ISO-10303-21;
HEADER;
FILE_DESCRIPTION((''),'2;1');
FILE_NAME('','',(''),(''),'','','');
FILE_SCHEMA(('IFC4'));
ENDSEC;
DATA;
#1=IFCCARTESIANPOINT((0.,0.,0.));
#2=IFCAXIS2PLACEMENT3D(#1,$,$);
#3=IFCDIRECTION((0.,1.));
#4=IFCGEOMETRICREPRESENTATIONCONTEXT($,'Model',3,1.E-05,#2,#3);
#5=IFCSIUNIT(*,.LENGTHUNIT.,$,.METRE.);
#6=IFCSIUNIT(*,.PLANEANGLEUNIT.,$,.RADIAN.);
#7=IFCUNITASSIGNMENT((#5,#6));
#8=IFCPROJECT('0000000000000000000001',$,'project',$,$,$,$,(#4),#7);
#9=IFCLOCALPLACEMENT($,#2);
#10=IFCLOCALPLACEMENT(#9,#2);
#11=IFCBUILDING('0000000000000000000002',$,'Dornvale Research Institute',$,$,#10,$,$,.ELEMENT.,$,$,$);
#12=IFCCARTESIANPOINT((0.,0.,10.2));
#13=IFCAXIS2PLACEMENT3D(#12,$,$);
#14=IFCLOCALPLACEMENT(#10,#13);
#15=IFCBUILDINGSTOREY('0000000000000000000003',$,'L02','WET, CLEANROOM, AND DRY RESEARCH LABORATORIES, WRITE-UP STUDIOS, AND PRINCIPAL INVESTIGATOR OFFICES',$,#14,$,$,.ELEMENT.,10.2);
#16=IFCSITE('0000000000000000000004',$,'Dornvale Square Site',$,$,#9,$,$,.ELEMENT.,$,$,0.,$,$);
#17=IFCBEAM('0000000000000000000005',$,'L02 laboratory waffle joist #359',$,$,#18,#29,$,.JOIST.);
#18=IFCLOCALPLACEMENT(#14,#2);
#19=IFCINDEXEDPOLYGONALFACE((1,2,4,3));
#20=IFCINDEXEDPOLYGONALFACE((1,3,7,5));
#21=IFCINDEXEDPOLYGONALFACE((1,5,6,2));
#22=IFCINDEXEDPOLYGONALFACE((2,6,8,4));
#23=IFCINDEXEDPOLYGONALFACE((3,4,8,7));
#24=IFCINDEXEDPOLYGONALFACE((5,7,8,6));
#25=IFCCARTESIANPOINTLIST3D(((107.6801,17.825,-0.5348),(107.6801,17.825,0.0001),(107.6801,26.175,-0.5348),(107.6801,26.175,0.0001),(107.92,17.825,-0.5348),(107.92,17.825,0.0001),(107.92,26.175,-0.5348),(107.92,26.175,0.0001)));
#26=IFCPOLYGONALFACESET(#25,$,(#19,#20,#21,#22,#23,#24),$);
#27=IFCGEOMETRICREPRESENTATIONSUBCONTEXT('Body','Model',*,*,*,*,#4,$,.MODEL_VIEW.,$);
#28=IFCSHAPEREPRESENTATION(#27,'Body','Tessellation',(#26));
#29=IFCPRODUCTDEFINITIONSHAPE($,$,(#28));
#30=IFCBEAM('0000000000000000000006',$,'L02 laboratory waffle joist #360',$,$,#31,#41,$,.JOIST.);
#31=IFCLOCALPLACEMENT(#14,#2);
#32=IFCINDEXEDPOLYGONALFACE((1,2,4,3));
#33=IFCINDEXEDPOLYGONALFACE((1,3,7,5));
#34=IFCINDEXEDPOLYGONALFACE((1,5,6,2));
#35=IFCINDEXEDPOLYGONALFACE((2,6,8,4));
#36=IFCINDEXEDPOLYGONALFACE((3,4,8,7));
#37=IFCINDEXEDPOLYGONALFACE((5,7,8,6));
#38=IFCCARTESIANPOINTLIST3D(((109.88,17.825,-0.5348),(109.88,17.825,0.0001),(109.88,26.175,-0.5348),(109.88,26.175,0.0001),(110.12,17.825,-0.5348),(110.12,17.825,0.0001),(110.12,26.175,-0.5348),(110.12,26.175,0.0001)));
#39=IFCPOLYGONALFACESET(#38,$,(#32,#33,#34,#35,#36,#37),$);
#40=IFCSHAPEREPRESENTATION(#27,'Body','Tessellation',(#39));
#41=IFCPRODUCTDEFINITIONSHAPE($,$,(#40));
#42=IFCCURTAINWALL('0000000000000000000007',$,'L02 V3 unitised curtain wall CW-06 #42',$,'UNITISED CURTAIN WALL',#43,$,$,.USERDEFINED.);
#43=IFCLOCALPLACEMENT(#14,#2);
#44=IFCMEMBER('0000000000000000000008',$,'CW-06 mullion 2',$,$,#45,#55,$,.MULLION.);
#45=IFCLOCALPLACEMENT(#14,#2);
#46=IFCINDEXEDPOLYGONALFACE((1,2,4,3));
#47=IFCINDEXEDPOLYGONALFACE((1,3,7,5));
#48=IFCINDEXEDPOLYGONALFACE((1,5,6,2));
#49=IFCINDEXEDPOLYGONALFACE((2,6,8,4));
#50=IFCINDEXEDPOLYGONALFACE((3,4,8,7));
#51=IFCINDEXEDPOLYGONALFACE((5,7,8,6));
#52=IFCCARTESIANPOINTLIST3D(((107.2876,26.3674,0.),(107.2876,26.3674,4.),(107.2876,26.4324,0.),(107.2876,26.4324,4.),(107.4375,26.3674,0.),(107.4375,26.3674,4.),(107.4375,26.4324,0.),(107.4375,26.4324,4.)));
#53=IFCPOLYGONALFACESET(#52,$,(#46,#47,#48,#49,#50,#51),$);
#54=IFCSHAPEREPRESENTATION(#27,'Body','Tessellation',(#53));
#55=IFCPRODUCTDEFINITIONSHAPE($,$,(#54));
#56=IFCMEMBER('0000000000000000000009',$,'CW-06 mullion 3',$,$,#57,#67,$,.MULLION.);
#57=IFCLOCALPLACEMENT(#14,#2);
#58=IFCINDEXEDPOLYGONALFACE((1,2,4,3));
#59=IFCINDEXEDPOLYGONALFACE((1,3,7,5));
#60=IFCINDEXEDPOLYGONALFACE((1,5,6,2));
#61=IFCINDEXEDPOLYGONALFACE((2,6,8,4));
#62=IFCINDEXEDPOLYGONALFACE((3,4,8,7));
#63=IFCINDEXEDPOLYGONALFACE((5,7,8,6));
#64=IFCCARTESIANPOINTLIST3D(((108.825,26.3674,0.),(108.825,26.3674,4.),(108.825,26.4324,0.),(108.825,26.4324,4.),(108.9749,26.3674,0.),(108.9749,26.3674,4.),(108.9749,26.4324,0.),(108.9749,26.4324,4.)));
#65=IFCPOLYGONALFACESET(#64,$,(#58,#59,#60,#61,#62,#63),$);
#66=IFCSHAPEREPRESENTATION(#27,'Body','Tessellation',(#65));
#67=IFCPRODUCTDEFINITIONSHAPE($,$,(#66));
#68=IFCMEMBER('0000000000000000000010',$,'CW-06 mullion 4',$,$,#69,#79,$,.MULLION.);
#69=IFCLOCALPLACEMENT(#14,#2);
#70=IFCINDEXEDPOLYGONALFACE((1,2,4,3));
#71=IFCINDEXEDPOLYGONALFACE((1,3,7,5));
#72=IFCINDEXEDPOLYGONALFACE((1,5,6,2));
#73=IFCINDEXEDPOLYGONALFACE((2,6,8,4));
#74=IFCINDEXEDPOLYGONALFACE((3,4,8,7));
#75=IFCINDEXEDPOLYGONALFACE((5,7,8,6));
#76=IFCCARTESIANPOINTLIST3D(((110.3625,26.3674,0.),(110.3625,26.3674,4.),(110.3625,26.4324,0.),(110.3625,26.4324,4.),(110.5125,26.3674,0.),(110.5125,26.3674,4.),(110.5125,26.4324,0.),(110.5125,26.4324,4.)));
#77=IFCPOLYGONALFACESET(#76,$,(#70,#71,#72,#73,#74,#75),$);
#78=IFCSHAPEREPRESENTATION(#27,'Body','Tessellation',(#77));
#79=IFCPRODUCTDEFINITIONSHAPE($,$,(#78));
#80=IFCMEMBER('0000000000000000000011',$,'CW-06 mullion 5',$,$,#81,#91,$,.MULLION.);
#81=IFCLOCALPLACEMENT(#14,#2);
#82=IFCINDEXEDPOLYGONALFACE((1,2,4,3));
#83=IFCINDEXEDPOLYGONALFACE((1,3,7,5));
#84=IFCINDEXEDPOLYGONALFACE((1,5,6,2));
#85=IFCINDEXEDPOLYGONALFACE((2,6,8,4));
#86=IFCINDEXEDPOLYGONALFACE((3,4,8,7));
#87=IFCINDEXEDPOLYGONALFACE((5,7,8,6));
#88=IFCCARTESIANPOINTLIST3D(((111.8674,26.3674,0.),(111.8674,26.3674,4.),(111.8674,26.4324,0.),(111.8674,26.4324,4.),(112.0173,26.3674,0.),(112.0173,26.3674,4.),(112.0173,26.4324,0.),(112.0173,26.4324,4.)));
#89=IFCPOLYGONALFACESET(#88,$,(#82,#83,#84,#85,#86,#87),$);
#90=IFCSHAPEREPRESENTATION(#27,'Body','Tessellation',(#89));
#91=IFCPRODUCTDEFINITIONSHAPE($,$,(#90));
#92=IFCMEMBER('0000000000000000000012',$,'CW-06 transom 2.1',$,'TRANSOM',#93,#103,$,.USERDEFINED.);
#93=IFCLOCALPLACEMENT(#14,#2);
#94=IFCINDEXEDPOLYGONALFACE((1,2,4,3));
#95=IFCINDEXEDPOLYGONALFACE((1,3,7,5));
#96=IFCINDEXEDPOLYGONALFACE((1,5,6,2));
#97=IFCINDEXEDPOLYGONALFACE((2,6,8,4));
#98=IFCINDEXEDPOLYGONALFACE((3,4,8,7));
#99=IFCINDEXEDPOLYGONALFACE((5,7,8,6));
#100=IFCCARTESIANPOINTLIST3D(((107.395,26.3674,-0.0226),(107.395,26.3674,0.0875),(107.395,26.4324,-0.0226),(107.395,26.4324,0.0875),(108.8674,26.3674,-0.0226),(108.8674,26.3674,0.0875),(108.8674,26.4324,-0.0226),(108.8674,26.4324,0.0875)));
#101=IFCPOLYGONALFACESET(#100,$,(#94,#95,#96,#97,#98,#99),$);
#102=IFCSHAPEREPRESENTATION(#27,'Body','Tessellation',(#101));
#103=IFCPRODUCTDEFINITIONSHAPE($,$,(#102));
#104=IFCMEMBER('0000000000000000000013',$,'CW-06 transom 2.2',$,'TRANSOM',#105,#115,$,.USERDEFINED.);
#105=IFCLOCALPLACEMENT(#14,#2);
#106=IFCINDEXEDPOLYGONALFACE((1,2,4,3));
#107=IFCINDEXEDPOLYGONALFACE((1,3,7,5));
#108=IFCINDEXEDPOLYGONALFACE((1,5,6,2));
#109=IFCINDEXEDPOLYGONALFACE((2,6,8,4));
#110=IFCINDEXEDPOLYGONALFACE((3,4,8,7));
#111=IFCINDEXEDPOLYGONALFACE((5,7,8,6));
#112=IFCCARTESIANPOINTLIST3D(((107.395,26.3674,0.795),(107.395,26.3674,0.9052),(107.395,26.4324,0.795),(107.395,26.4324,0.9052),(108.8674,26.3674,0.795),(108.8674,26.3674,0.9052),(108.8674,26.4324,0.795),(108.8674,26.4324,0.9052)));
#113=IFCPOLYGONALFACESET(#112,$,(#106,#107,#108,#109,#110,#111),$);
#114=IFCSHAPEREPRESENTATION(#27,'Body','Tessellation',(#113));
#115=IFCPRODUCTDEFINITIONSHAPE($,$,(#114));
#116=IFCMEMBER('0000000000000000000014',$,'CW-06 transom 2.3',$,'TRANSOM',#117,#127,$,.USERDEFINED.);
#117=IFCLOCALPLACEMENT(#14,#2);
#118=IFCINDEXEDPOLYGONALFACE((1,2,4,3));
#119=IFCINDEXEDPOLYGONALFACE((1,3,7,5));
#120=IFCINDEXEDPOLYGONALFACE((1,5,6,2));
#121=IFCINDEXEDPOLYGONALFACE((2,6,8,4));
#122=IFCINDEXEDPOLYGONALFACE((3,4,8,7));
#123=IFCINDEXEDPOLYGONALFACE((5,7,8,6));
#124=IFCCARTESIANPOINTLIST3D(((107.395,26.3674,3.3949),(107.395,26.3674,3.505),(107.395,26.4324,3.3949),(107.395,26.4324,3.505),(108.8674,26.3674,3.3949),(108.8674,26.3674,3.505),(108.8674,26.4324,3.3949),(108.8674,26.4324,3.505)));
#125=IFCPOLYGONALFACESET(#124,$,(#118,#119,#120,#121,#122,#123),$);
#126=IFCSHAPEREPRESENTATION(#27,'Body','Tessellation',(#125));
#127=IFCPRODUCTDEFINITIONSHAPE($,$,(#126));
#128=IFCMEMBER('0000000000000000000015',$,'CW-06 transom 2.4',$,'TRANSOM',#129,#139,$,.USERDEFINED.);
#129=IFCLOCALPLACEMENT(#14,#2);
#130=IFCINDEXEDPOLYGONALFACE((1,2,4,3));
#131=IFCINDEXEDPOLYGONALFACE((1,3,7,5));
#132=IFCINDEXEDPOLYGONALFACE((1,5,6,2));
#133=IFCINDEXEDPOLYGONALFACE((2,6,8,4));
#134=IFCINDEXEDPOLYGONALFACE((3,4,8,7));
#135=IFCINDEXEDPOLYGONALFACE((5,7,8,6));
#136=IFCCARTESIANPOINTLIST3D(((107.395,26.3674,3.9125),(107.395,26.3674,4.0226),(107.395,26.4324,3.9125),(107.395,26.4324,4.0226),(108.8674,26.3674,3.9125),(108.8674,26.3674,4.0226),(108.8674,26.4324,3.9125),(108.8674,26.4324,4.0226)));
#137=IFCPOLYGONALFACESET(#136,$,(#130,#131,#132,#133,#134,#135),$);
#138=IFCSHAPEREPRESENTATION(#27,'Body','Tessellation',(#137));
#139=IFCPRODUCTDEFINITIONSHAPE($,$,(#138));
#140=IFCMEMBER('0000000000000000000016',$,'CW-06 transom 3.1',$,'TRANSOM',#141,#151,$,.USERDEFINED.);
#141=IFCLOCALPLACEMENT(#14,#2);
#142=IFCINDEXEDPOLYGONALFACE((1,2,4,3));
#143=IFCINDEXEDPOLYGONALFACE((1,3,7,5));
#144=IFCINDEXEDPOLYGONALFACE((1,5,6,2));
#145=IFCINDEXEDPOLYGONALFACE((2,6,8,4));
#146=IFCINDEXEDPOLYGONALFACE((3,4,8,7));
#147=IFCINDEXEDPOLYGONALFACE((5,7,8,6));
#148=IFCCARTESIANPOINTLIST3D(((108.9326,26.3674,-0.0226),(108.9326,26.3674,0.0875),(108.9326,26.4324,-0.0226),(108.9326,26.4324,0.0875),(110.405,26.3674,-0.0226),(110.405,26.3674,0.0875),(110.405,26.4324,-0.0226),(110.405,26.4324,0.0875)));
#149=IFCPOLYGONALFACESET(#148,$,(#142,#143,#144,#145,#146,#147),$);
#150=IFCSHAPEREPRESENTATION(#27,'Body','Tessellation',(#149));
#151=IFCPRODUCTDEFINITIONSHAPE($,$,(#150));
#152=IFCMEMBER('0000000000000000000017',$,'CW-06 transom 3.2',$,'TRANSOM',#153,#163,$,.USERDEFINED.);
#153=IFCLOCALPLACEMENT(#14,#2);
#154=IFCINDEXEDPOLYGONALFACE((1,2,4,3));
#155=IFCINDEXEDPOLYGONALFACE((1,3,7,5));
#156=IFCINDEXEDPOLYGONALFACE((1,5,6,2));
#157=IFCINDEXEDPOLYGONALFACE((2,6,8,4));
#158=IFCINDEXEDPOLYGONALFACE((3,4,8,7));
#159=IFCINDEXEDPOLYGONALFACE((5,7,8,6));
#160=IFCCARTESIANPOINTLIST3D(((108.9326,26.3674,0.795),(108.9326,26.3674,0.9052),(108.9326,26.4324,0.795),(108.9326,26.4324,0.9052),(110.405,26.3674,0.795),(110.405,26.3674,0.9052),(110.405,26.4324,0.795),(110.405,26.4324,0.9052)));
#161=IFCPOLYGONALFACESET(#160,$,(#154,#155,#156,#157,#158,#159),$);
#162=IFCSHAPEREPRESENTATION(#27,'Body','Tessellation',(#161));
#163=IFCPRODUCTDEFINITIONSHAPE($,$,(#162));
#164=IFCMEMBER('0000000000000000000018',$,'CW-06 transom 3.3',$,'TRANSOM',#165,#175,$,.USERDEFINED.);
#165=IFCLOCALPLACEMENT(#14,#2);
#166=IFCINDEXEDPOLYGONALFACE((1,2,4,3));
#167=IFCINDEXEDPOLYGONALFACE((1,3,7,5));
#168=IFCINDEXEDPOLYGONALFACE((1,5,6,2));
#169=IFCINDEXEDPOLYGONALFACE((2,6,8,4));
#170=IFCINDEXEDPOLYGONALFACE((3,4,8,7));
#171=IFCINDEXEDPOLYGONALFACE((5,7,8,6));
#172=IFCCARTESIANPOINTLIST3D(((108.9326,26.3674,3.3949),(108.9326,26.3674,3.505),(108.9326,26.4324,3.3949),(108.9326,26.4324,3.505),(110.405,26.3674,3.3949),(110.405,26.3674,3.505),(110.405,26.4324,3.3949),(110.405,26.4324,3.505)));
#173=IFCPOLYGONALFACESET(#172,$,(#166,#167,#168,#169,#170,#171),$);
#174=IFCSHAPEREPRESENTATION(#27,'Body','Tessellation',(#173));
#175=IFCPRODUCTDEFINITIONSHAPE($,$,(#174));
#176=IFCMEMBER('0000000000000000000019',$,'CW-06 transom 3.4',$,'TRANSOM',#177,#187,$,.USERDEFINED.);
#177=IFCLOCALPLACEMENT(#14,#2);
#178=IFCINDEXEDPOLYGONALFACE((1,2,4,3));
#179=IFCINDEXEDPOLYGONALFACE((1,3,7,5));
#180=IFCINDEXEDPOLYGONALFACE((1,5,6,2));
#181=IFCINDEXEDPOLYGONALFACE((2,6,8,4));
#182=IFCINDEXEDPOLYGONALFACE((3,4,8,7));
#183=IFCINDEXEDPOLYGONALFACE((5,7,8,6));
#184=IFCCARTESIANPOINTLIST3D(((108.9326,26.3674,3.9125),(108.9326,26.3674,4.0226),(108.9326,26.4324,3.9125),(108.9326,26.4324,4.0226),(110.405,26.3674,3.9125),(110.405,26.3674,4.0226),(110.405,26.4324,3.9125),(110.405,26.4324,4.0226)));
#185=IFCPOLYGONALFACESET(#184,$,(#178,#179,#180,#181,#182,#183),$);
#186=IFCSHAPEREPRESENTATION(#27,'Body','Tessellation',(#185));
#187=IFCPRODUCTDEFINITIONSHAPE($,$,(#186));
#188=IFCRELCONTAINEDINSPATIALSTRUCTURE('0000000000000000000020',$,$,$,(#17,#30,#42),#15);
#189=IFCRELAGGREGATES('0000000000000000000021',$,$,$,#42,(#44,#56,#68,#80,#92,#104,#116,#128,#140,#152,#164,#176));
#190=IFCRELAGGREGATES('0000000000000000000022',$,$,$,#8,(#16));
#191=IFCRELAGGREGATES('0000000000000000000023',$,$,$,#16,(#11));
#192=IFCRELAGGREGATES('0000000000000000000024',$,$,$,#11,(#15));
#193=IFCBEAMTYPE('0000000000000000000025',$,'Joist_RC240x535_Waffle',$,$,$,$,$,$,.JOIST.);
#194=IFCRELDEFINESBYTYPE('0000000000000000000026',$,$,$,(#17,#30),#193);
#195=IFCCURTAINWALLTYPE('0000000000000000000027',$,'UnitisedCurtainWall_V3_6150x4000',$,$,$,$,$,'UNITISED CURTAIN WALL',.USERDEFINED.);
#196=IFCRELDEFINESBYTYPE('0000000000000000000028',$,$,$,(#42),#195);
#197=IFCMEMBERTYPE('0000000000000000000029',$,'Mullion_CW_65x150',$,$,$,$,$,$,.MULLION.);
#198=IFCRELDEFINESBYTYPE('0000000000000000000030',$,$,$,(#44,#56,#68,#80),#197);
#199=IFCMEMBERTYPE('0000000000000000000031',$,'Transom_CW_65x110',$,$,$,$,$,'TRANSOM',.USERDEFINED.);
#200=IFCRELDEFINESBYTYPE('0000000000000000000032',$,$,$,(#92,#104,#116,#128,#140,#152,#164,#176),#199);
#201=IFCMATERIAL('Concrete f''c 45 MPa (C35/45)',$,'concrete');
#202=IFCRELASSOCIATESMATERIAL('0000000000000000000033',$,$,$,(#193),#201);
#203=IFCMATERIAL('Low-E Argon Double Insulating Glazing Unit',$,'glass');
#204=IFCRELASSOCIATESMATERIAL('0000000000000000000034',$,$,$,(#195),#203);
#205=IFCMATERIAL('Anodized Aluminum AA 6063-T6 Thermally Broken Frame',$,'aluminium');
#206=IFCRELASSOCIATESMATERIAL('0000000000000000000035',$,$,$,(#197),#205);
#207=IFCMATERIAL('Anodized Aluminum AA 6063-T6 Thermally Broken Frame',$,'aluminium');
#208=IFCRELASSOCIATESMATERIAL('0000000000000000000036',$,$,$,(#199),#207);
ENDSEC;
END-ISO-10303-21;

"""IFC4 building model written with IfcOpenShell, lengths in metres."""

from ifc_helpers import new_model, si_unit, direction, frame, origin, origin_2d, place, context, subcontext, project, spatial, rectangle, extrude, material, material_profile, profile_set, type_object, element, aggregate, save


model = new_model("IFC4")

# Units and contexts
model_context = context("Model", 3, precision=1e-05, world=origin(), true_north=direction((0.0, 1.0)))
body_context = subcontext(model_context, "Body", "Model", "MODEL_VIEW")
ifc_project = project(units=[si_unit("LENGTHUNIT", "METRE"), si_unit("PLANEANGLEUNIT", "RADIAN")], contexts=[model_context])

# Site, building, storey
site_placement = place(None, origin())
site = spatial("IfcSite", under=ifc_project, at=site_placement, Name="Dornvale Square Site", CompositionType="ELEMENT", RefElevation=0.0)
building_placement = place(site_placement, origin())
building = spatial("IfcBuilding", under=site, at=building_placement, Name="Dornvale Research Institute", CompositionType="ELEMENT")
storey_placement = place(building_placement, frame((0.0, 0.0, 10.2)))
storey = spatial("IfcBuildingStorey", under=building, at=storey_placement, Name="L02", Description="WET, CLEANROOM, AND DRY RESEARCH LABORATORIES, WRITE-UP STUDIOS, AND PRINCIPAL INVESTIGATOR OFFICES", CompositionType="ELEMENT", Elevation=10.2)

# Beams
ifc_material_1 = material(Name="Concrete f'c 45 MPa (C35/45)", Category="concrete")
ifc_material_profile_1 = material_profile(ifc_material_1, rectangle(XDim=0.24, YDim=0.5349, at=origin_2d()), Name="RC 240x535")
ifc_profile_set_1 = profile_set([ifc_material_profile_1], Name="Concrete f'c 45 MPa (C35/45)")
beam_type = type_object("IfcBeamType", Name="Joist_RC240x535_Waffle", PredefinedType="JOIST", material=ifc_profile_set_1)
for number, where, z_axis, x_axis, name in (
    (1, (107.8, 17.825, -0.2673), (0.0, 1.0, 0.0), (-1.0, 0.0, 0.0), "L02 laboratory waffle joist #359"),
    (2, (110.0, 17.825, -0.2673), (0.0, 1.0, 0.0), (-1.0, 0.0, 0.0), "L02 laboratory waffle joist #360"),
):
    element("IfcBeam", number, at=place(storey_placement, frame(where, z_axis=z_axis, x_axis=x_axis)), inside=storey, type_object=beam_type, Name=name, PredefinedType="JOIST", context=body_context, shape_type="SweptSolid", body=[
        extrude(rectangle(XDim=0.24, YDim=0.5349, at=origin_2d()), origin(), (0.0, 0.0, 1.0), 8.3501),
    ])

# Curtain wall, members
ifc_material_2 = material(Name="Low-E Argon Double Insulating Glazing Unit", Category="glass")
curtain_wall_type = type_object("IfcCurtainWallType", Name="UnitisedCurtainWall_V3_6150x4000", ElementType="UNITISED CURTAIN WALL", PredefinedType="USERDEFINED", material=ifc_material_2)
curtain_wall_placement = place(storey_placement, origin())
curtain_wall = element("IfcCurtainWall", 3, at=curtain_wall_placement, inside=storey, type_object=curtain_wall_type, Name="L02 V3 unitised curtain wall CW-06 #42", ObjectType="UNITISED CURTAIN WALL", PredefinedType="USERDEFINED")
ifc_material_3 = material(Name="Anodized Aluminum AA 6063-T6 Thermally Broken Frame", Category="aluminium")
ifc_material_profile_2 = material_profile(ifc_material_3, rectangle(XDim=0.0649, YDim=0.1499, at=origin_2d()), Name="ALU MULLION 65x150")
ifc_profile_set_2 = profile_set([ifc_material_profile_2], Name="Anodized Aluminum AA 6063-T6 Thermally Broken Frame")
member_type_1 = type_object("IfcMemberType", Name="Mullion_CW_65x150", PredefinedType="MULLION", material=ifc_profile_set_2)
member_1_placement = place(storey_placement, frame((107.3625, 26.3999, 0.0), z_axis=(0.0, 0.0, 1.0), x_axis=(0.0, 1.0, 0.0)))
member_1 = element("IfcMember", 4, at=member_1_placement, type_object=member_type_1, Name="CW-06 mullion 2", PredefinedType="MULLION", context=body_context, shape_type="SweptSolid", body=[
    extrude(rectangle(XDim=0.0649, YDim=0.1499, at=origin_2d()), origin(), (0.0, 0.0, 1.0), 4.0),
])
member_2_placement = place(storey_placement, frame((108.8999, 26.3999, 0.0), z_axis=(0.0, 0.0, 1.0), x_axis=(0.0, 1.0, 0.0)))
member_2 = element("IfcMember", 5, at=member_2_placement, type_object=member_type_1, Name="CW-06 mullion 3", PredefinedType="MULLION", context=body_context, shape_type="SweptSolid", body=[
    extrude(rectangle(XDim=0.0649, YDim=0.1499, at=origin_2d()), origin(), (0.0, 0.0, 1.0), 4.0),
])
member_3_placement = place(storey_placement, frame((110.4375, 26.3999, 0.0), z_axis=(0.0, 0.0, 1.0), x_axis=(0.0, 1.0, 0.0)))
member_3 = element("IfcMember", 6, at=member_3_placement, type_object=member_type_1, Name="CW-06 mullion 4", PredefinedType="MULLION", context=body_context, shape_type="SweptSolid", body=[
    extrude(rectangle(XDim=0.0649, YDim=0.1499, at=origin_2d()), origin(), (0.0, 0.0, 1.0), 4.0),
])
member_4_placement = place(storey_placement, frame((111.9424, 26.3999, 0.0), z_axis=(0.0, 0.0, 1.0), x_axis=(0.0, 1.0, 0.0)))
member_4 = element("IfcMember", 7, at=member_4_placement, type_object=member_type_1, Name="CW-06 mullion 5", PredefinedType="MULLION", context=body_context, shape_type="SweptSolid", body=[
    extrude(rectangle(XDim=0.0649, YDim=0.1499, at=origin_2d()), origin(), (0.0, 0.0, 1.0), 4.0),
])
ifc_material_4 = material(Name="Anodized Aluminum AA 6063-T6 Thermally Broken Frame", Category="aluminium")
ifc_material_profile_3 = material_profile(ifc_material_4, rectangle(XDim=0.0649, YDim=0.1101, at=origin_2d()), Name="ALU TRANSOM 65x110")
ifc_profile_set_3 = profile_set([ifc_material_profile_3], Name="Anodized Aluminum AA 6063-T6 Thermally Broken Frame")
member_type_2 = type_object("IfcMemberType", Name="Transom_CW_65x110", ElementType="TRANSOM", PredefinedType="USERDEFINED", material=ifc_profile_set_3)
member_5_placement = place(storey_placement, frame((107.395, 26.3999, 0.0325), z_axis=(1.0, 0.0, 0.0), x_axis=(0.0, 1.0, 0.0)))
member_5 = element("IfcMember", 8, at=member_5_placement, type_object=member_type_2, Name="CW-06 transom 2.1", ObjectType="TRANSOM", PredefinedType="USERDEFINED", context=body_context, shape_type="SweptSolid", body=[
    extrude(rectangle(XDim=0.0649, YDim=0.1101, at=origin_2d()), origin(), (0.0, 0.0, 1.0), 1.4724),
])
member_6_placement = place(storey_placement, frame((107.395, 26.3999, 0.8501), z_axis=(1.0, 0.0, 0.0), x_axis=(0.0, 1.0, 0.0)))
member_6 = element("IfcMember", 9, at=member_6_placement, type_object=member_type_2, Name="CW-06 transom 2.2", ObjectType="TRANSOM", PredefinedType="USERDEFINED", context=body_context, shape_type="SweptSolid", body=[
    extrude(rectangle(XDim=0.0649, YDim=0.1101, at=origin_2d()), origin(), (0.0, 0.0, 1.0), 1.4724),
])
member_7_placement = place(storey_placement, frame((107.395, 26.3999, 3.45), z_axis=(1.0, 0.0, 0.0), x_axis=(0.0, 1.0, 0.0)))
member_7 = element("IfcMember", 10, at=member_7_placement, type_object=member_type_2, Name="CW-06 transom 2.3", ObjectType="TRANSOM", PredefinedType="USERDEFINED", context=body_context, shape_type="SweptSolid", body=[
    extrude(rectangle(XDim=0.0649, YDim=0.1101, at=origin_2d()), origin(), (0.0, 0.0, 1.0), 1.4724),
])
member_8_placement = place(storey_placement, frame((107.395, 26.3999, 3.9675), z_axis=(1.0, 0.0, 0.0), x_axis=(0.0, 1.0, 0.0)))
member_8 = element("IfcMember", 11, at=member_8_placement, type_object=member_type_2, Name="CW-06 transom 2.4", ObjectType="TRANSOM", PredefinedType="USERDEFINED", context=body_context, shape_type="SweptSolid", body=[
    extrude(rectangle(XDim=0.0649, YDim=0.1101, at=origin_2d()), origin(), (0.0, 0.0, 1.0), 1.4724),
])
member_9_placement = place(storey_placement, frame((108.9326, 26.3999, 0.0325), z_axis=(1.0, 0.0, 0.0), x_axis=(0.0, 1.0, 0.0)))
member_9 = element("IfcMember", 12, at=member_9_placement, type_object=member_type_2, Name="CW-06 transom 3.1", ObjectType="TRANSOM", PredefinedType="USERDEFINED", context=body_context, shape_type="SweptSolid", body=[
    extrude(rectangle(XDim=0.0649, YDim=0.1101, at=origin_2d()), origin(), (0.0, 0.0, 1.0), 1.4724),
])
member_10_placement = place(storey_placement, frame((108.9326, 26.3999, 0.8501), z_axis=(1.0, 0.0, 0.0), x_axis=(0.0, 1.0, 0.0)))
member_10 = element("IfcMember", 13, at=member_10_placement, type_object=member_type_2, Name="CW-06 transom 3.2", ObjectType="TRANSOM", PredefinedType="USERDEFINED", context=body_context, shape_type="SweptSolid", body=[
    extrude(rectangle(XDim=0.0649, YDim=0.1101, at=origin_2d()), origin(), (0.0, 0.0, 1.0), 1.4724),
])
member_11_placement = place(storey_placement, frame((108.9326, 26.3999, 3.45), z_axis=(1.0, 0.0, 0.0), x_axis=(0.0, 1.0, 0.0)))
member_11 = element("IfcMember", 14, at=member_11_placement, type_object=member_type_2, Name="CW-06 transom 3.3", ObjectType="TRANSOM", PredefinedType="USERDEFINED", context=body_context, shape_type="SweptSolid", body=[
    extrude(rectangle(XDim=0.0649, YDim=0.1101, at=origin_2d()), origin(), (0.0, 0.0, 1.0), 1.4724),
])
member_12_placement = place(storey_placement, frame((108.9326, 26.3999, 3.9675), z_axis=(1.0, 0.0, 0.0), x_axis=(0.0, 1.0, 0.0)))
member_12 = element("IfcMember", 15, at=member_12_placement, type_object=member_type_2, Name="CW-06 transom 3.4", ObjectType="TRANSOM", PredefinedType="USERDEFINED", context=body_context, shape_type="SweptSolid", body=[
    extrude(rectangle(XDim=0.0649, YDim=0.1101, at=origin_2d()), origin(), (0.0, 0.0, 1.0), 1.4724),
])
aggregate(curtain_wall, [member_1, member_2, member_3, member_4, member_5, member_6, member_7, member_8, member_9, member_10, member_11, member_12])

save(model, "model.ifc")
